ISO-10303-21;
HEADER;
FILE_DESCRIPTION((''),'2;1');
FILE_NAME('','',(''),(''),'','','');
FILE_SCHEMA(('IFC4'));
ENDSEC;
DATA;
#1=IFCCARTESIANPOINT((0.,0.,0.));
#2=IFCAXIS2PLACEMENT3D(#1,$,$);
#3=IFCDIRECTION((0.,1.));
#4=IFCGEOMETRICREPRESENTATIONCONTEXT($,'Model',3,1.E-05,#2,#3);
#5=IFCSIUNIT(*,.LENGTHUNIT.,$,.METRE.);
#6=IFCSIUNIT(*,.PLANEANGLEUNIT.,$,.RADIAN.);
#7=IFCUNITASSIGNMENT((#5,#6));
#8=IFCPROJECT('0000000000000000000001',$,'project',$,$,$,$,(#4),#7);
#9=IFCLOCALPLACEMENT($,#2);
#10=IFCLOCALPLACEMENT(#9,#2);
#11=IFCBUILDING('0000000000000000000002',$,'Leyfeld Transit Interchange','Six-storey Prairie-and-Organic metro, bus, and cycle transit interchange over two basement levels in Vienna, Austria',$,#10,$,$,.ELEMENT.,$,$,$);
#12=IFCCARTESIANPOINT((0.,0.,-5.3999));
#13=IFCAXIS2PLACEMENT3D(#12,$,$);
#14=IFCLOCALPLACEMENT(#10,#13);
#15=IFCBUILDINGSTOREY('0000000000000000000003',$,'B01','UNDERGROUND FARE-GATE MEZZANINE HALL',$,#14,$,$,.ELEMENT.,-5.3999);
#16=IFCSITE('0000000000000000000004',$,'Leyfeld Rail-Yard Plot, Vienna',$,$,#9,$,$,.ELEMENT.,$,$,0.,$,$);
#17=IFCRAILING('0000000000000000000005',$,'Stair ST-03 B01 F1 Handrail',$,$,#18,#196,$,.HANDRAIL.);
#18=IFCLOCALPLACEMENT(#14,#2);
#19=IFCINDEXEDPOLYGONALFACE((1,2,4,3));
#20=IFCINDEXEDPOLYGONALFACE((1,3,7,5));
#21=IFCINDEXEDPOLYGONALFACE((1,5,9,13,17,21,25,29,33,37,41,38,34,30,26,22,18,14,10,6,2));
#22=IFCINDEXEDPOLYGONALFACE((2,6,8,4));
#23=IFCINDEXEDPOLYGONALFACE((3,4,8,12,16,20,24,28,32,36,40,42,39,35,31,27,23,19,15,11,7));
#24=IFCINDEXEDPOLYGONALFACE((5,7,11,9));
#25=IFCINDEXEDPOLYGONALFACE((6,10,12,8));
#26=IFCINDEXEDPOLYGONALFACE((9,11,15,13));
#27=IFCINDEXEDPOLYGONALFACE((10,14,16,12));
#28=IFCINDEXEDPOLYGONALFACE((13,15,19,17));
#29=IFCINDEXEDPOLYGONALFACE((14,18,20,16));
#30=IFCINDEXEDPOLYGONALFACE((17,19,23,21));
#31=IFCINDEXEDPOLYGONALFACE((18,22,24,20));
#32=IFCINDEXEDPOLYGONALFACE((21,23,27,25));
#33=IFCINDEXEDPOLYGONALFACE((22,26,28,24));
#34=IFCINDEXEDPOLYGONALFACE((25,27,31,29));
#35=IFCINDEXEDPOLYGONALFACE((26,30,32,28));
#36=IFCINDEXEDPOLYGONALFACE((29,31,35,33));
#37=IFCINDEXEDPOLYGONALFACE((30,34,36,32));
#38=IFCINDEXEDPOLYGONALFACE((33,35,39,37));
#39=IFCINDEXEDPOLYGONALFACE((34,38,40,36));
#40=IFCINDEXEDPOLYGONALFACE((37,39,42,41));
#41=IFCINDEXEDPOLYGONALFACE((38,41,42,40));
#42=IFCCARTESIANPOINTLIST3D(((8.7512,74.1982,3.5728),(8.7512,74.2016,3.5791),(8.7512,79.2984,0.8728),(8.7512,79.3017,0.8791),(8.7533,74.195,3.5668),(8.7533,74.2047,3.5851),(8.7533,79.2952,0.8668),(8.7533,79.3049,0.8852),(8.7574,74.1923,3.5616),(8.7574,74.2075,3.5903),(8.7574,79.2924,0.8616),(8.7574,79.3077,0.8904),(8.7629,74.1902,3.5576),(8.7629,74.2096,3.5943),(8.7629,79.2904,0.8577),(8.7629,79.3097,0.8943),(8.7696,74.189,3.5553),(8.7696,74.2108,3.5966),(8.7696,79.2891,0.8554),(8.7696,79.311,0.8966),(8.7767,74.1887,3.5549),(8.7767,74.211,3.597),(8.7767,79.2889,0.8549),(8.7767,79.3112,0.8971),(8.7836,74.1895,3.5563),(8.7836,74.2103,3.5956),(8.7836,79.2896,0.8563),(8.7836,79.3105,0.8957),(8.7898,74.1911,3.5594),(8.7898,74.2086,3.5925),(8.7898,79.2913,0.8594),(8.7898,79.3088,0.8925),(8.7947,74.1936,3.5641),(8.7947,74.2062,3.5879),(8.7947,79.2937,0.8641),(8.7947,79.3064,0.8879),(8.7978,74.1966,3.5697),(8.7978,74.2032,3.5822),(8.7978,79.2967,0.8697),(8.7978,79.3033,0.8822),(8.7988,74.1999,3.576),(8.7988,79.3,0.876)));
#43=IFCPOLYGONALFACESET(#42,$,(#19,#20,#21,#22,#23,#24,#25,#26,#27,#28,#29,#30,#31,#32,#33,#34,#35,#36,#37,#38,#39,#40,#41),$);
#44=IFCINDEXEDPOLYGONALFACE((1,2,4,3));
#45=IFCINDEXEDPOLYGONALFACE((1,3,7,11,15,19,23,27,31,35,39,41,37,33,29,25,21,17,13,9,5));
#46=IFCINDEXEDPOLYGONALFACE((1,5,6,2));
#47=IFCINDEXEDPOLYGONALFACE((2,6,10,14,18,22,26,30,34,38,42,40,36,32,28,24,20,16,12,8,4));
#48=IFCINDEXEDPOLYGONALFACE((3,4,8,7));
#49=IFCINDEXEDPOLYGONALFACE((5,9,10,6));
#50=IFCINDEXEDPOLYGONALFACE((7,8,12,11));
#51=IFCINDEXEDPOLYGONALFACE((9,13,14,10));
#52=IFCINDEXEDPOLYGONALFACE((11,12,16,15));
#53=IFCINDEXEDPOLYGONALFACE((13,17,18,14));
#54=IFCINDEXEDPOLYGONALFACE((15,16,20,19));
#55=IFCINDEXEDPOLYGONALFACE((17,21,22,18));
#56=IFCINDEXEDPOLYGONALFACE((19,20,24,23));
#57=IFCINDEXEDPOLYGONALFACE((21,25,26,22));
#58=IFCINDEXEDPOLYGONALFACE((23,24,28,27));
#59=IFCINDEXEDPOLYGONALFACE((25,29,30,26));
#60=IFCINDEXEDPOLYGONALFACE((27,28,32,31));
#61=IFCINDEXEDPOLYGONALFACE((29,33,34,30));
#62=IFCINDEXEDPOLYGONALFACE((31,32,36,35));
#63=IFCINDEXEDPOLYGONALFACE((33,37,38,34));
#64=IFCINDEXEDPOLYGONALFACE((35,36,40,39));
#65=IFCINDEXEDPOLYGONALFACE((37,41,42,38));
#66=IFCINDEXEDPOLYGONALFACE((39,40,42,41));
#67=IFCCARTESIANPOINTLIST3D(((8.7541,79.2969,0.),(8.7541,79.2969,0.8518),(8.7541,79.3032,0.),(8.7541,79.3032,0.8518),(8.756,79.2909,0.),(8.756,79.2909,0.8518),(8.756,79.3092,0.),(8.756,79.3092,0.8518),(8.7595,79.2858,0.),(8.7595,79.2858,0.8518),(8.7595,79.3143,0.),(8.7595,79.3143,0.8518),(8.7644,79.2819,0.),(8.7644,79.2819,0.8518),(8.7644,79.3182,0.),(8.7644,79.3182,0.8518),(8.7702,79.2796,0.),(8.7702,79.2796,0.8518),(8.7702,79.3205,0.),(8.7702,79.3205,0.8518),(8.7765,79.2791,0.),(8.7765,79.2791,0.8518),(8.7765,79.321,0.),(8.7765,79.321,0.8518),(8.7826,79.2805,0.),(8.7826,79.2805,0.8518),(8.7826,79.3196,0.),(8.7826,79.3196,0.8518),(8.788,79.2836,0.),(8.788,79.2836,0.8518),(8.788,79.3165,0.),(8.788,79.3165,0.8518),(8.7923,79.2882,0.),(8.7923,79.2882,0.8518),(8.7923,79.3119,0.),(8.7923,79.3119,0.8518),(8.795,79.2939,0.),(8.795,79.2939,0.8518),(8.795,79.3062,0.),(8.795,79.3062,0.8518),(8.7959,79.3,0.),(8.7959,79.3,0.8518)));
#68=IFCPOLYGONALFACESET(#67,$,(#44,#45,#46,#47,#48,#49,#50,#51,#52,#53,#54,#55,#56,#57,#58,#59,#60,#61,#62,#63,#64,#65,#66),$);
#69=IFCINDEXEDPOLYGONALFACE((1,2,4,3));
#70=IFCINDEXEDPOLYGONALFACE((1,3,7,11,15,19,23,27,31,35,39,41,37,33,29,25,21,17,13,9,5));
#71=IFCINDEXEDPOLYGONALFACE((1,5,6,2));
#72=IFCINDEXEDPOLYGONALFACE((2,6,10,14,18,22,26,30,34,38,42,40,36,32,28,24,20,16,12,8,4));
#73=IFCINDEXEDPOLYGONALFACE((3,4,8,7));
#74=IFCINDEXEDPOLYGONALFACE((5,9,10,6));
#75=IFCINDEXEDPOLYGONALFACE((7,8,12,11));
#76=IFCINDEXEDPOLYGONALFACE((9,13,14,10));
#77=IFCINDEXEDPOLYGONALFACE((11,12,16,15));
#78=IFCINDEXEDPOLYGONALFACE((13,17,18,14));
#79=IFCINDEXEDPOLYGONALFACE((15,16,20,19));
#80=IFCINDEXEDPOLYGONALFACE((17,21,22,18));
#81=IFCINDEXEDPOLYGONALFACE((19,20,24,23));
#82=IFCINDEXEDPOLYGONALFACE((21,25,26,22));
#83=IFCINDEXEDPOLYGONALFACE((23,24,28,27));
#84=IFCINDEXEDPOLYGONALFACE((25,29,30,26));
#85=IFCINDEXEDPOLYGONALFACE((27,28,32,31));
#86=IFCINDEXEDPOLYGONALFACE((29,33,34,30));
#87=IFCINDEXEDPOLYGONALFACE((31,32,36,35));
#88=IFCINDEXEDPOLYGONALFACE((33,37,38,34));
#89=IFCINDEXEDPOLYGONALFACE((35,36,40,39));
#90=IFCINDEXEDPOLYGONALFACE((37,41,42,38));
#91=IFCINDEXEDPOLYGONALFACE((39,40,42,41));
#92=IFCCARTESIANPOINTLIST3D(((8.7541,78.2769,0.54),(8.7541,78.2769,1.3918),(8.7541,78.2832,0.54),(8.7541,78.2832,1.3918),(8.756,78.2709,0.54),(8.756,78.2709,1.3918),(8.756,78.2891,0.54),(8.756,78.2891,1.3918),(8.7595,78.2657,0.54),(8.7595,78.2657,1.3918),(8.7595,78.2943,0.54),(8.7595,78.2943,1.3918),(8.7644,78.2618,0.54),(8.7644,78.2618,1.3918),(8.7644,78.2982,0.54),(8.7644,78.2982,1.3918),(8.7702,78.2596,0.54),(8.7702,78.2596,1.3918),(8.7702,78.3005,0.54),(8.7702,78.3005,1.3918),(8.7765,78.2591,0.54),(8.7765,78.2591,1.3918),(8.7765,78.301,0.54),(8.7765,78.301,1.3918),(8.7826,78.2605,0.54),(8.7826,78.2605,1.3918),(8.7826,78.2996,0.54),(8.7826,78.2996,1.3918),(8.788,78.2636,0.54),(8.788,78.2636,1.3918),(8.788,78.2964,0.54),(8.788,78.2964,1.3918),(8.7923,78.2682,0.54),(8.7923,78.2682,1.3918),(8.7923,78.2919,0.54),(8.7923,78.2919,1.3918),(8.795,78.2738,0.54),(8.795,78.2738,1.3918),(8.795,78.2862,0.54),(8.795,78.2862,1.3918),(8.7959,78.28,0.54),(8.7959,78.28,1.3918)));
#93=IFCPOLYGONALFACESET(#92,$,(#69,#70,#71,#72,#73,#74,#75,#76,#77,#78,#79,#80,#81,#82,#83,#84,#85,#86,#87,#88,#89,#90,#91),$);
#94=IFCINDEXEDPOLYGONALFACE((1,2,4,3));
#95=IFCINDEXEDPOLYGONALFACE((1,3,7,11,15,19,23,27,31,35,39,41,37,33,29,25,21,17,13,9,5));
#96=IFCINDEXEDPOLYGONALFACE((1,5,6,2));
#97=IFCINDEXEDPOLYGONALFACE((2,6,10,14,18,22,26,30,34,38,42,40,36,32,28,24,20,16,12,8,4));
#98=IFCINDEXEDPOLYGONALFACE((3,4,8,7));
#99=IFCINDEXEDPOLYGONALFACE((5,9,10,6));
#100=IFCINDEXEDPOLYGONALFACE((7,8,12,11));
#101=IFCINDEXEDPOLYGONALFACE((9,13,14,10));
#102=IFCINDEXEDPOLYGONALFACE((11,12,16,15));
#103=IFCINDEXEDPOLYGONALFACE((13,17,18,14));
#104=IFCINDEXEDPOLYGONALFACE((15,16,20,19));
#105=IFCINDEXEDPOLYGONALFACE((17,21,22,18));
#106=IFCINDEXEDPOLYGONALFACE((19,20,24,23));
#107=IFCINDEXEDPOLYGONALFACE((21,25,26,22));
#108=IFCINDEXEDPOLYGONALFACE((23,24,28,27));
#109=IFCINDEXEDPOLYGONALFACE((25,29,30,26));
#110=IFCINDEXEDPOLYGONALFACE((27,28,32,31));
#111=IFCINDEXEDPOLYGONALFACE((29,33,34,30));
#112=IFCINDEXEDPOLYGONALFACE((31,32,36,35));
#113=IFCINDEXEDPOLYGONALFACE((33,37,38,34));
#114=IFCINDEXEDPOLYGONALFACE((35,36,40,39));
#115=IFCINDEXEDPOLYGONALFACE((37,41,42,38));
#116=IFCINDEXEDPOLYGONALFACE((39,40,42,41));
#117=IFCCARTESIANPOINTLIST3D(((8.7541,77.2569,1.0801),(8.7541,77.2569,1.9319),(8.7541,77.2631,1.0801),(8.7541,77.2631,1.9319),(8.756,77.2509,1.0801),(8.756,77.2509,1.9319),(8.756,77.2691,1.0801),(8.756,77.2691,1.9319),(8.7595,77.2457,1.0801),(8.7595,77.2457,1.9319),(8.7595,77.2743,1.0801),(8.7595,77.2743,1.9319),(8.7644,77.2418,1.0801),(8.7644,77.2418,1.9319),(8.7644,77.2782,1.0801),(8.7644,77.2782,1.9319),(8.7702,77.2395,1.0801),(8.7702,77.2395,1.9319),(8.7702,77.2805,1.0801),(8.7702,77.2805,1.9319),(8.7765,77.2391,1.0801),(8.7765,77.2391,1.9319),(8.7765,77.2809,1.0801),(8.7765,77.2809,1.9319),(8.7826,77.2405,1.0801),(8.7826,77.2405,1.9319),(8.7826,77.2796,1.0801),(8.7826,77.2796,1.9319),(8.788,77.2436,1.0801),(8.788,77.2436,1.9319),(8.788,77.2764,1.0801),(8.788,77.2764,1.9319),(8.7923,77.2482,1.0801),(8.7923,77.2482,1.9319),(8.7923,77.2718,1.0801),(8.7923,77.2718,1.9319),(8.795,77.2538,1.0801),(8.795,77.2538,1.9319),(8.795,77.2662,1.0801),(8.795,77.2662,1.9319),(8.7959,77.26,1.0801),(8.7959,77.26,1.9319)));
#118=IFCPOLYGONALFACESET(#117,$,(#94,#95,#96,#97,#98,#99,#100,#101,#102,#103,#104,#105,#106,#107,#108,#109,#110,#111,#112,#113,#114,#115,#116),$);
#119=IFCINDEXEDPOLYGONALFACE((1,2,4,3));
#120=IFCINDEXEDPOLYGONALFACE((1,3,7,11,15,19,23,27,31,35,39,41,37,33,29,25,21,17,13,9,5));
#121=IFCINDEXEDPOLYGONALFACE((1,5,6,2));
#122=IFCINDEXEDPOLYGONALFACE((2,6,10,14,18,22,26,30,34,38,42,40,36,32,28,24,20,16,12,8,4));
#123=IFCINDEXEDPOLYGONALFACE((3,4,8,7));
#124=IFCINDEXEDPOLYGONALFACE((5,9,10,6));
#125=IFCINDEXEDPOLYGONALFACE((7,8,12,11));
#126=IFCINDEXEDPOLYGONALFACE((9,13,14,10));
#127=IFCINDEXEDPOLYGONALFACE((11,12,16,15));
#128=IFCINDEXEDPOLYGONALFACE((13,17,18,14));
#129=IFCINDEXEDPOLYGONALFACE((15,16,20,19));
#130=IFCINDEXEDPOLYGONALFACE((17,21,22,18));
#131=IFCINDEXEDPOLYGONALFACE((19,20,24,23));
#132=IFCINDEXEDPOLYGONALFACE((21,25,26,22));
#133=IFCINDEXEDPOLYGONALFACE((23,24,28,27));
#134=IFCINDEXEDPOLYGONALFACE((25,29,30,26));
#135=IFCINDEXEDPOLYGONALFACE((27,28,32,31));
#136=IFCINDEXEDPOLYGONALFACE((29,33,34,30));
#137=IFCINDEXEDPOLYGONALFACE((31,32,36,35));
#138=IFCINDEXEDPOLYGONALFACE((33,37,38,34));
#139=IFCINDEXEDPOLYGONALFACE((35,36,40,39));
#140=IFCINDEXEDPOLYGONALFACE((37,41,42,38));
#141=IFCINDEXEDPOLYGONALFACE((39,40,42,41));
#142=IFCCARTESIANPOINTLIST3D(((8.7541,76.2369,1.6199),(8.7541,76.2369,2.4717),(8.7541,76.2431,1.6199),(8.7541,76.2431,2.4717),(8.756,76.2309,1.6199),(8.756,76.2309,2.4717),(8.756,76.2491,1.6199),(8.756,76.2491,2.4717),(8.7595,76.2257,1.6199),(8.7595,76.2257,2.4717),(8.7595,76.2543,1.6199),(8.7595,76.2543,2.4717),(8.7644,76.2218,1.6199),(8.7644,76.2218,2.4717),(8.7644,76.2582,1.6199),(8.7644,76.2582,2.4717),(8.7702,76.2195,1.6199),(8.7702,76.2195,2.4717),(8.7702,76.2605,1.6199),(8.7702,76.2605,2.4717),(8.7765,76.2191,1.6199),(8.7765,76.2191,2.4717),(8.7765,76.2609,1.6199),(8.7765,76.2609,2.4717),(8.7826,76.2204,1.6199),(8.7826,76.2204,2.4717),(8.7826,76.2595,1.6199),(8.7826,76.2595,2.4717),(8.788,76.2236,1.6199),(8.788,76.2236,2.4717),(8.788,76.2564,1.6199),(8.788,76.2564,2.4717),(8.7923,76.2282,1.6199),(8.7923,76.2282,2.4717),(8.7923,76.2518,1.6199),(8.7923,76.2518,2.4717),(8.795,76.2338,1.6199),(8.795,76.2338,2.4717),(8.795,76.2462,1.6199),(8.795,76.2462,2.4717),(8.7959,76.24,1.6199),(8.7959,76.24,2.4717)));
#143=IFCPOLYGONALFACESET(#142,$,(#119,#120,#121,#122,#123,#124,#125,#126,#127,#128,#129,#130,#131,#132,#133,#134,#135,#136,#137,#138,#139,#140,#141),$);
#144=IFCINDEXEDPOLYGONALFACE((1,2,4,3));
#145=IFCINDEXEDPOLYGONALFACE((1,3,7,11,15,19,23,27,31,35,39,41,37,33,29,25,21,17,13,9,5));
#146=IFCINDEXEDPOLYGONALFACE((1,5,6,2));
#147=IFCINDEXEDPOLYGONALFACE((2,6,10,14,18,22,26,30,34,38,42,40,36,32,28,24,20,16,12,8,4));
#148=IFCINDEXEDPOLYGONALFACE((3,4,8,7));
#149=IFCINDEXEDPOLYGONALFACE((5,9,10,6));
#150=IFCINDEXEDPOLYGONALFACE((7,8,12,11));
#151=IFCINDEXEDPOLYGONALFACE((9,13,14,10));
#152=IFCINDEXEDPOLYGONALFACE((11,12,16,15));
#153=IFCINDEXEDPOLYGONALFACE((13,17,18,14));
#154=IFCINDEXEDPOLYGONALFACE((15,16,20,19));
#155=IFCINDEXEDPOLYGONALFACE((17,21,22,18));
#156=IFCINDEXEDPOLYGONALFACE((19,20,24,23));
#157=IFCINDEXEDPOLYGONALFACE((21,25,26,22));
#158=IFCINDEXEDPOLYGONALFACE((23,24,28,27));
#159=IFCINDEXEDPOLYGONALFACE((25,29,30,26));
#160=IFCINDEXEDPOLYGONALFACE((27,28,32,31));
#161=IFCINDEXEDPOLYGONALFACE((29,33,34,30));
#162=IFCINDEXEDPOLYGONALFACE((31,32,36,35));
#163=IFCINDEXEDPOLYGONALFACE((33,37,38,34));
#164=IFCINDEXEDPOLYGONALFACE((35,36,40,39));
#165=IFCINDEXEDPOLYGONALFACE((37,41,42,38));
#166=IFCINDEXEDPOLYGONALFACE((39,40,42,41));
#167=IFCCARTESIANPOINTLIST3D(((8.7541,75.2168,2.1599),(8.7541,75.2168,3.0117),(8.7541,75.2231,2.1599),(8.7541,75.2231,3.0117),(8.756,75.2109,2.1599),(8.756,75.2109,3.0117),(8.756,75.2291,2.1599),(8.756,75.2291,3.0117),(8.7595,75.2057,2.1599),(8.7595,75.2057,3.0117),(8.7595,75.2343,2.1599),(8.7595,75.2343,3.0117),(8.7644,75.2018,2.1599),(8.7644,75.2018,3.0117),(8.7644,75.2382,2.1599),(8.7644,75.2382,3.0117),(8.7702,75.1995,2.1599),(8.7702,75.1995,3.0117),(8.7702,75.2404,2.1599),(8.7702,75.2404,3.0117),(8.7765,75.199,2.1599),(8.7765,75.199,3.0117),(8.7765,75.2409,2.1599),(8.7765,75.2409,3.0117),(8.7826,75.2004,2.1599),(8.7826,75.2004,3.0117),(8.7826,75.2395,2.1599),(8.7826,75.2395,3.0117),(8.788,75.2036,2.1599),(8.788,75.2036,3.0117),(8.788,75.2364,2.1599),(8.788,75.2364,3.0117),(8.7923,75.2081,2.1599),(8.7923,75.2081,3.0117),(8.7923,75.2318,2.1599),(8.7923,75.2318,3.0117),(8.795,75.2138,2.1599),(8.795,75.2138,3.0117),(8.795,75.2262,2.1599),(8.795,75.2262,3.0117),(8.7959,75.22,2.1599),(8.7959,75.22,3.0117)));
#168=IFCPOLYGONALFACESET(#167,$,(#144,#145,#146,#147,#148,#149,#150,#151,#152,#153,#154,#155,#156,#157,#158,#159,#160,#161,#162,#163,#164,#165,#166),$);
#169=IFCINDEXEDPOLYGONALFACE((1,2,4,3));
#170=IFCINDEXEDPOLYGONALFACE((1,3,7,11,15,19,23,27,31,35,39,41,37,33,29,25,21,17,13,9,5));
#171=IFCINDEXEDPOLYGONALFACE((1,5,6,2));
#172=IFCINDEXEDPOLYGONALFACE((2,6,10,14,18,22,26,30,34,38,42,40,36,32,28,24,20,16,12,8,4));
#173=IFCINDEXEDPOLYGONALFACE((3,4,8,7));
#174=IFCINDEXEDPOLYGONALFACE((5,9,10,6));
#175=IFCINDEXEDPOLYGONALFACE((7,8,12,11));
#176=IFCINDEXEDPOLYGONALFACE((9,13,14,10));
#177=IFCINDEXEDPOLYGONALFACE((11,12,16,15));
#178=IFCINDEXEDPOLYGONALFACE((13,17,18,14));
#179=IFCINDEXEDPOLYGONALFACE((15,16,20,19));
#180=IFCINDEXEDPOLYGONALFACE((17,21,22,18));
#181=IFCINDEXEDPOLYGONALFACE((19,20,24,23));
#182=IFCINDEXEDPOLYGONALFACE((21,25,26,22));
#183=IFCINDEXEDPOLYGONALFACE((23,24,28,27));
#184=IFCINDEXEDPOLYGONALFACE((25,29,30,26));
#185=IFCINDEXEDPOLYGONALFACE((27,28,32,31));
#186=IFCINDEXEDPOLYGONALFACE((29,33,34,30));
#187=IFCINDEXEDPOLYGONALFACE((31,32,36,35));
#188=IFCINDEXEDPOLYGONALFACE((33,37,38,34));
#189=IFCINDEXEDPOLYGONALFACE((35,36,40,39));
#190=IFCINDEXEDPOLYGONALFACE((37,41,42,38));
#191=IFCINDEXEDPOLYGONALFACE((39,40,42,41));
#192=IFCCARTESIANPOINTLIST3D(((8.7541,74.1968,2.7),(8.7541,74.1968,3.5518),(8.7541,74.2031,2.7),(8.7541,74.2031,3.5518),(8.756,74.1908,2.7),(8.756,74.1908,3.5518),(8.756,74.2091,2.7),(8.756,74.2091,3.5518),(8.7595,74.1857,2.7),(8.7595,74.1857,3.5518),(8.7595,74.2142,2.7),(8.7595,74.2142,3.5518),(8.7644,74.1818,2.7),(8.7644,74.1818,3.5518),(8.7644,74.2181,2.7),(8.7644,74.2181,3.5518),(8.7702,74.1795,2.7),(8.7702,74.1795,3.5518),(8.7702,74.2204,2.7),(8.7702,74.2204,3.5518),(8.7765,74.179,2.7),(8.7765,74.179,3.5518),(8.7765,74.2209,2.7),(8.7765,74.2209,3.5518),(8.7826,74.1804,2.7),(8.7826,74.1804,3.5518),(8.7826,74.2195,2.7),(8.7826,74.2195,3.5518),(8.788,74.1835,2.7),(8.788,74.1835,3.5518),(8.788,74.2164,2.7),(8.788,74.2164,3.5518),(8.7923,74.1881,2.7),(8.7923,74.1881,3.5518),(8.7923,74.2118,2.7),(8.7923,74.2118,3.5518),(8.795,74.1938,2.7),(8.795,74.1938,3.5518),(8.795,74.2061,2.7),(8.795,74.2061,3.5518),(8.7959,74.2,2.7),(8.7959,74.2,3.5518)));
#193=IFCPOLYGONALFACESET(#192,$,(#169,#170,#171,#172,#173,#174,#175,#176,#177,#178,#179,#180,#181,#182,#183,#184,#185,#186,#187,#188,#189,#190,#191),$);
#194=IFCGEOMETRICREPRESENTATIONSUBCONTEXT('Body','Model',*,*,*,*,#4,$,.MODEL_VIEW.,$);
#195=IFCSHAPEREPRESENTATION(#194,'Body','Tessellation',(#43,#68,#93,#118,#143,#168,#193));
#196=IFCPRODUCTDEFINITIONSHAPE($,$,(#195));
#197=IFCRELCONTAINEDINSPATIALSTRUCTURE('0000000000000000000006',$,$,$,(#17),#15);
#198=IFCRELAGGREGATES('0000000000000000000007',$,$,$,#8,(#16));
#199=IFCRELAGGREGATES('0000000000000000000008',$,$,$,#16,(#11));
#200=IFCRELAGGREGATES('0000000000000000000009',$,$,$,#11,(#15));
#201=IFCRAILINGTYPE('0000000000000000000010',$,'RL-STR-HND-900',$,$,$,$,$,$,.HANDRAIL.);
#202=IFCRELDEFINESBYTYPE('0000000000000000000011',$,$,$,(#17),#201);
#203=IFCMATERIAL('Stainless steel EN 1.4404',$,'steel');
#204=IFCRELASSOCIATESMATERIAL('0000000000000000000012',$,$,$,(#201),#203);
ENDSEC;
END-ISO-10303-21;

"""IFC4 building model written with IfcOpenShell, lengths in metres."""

from ifc_helpers import new_model, si_unit, direction, frame, origin, origin_2d, place, context, subcontext, project, spatial, circle, extrude, material, type_object, element, save


model = new_model("IFC4")

# Units and contexts
model_context = context("Model", 3, precision=1e-05, world=origin(), true_north=direction((0.0, 1.0)))
body_context = subcontext(model_context, "Body", "Model", "MODEL_VIEW")
ifc_project = project(units=[si_unit("LENGTHUNIT", "METRE"), si_unit("PLANEANGLEUNIT", "RADIAN")], contexts=[model_context])

# Site, building, storey
site_placement = place(None, origin())
site = spatial("IfcSite", under=ifc_project, at=site_placement, Name="Leyfeld Rail-Yard Plot, Vienna", CompositionType="ELEMENT", RefElevation=0.0)
building_placement = place(site_placement, origin())
building = spatial("IfcBuilding", under=site, at=building_placement, Name="Leyfeld Transit Interchange", Description="Six-storey Prairie-and-Organic metro, bus, and cycle transit interchange over two basement levels in Vienna, Austria", CompositionType="ELEMENT")
storey_placement = place(building_placement, frame((0.0, 0.0, -5.3999)))
storey = spatial("IfcBuildingStorey", under=building, at=storey_placement, Name="B01", Description="UNDERGROUND FARE-GATE MEZZANINE HALL", CompositionType="ELEMENT", Elevation=-5.3999)

# Railing
ifc_material_1 = material(Name="Stainless steel EN 1.4404", Category="steel")
railing_type_1 = type_object("IfcRailingType", Name="RL-STR-HND-900", PredefinedType="HANDRAIL", material=ifc_material_1)
railing_1_placement = place(storey_placement, frame((8.7749, 79.3, 0.0)))
element("IfcRailing", 1, at=railing_1_placement, inside=storey, type_object=railing_type_1, Name="Stair ST-03 B01 F1 Handrail", PredefinedType="HANDRAIL", context=body_context, shape_type="SweptSolid", body=[
    extrude(circle(Radius=0.0239, at=origin_2d()), frame((0.0, 0.0, 0.876), z_axis=(0.0, -0.883795, 0.467874), x_axis=(1.0, 0.0, 0.0)), (0.0, 0.0, 1.0), 5.7708),
    extrude(circle(Radius=0.021, at=origin_2d()), origin(), (0.0, 0.0, 1.0), 0.8518),
    extrude(circle(Radius=0.021, at=origin_2d()), frame((0.0, -1.02, 0.54)), (0.0, 0.0, 1.0), 0.8518),
    extrude(circle(Radius=0.021, at=origin_2d()), frame((0.0, -2.04, 1.0801)), (0.0, 0.0, 1.0), 0.8518),
    extrude(circle(Radius=0.021, at=origin_2d()), frame((0.0, -3.0601, 1.6199)), (0.0, 0.0, 1.0), 0.8518),
    extrude(circle(Radius=0.021, at=origin_2d()), frame((0.0, -4.0801, 2.1599)), (0.0, 0.0, 1.0), 0.8518),
    extrude(circle(Radius=0.021, at=origin_2d()), frame((0.0, -5.1001, 2.7)), (0.0, 0.0, 1.0), 0.8518),
])

save(model, "model.ifc")
